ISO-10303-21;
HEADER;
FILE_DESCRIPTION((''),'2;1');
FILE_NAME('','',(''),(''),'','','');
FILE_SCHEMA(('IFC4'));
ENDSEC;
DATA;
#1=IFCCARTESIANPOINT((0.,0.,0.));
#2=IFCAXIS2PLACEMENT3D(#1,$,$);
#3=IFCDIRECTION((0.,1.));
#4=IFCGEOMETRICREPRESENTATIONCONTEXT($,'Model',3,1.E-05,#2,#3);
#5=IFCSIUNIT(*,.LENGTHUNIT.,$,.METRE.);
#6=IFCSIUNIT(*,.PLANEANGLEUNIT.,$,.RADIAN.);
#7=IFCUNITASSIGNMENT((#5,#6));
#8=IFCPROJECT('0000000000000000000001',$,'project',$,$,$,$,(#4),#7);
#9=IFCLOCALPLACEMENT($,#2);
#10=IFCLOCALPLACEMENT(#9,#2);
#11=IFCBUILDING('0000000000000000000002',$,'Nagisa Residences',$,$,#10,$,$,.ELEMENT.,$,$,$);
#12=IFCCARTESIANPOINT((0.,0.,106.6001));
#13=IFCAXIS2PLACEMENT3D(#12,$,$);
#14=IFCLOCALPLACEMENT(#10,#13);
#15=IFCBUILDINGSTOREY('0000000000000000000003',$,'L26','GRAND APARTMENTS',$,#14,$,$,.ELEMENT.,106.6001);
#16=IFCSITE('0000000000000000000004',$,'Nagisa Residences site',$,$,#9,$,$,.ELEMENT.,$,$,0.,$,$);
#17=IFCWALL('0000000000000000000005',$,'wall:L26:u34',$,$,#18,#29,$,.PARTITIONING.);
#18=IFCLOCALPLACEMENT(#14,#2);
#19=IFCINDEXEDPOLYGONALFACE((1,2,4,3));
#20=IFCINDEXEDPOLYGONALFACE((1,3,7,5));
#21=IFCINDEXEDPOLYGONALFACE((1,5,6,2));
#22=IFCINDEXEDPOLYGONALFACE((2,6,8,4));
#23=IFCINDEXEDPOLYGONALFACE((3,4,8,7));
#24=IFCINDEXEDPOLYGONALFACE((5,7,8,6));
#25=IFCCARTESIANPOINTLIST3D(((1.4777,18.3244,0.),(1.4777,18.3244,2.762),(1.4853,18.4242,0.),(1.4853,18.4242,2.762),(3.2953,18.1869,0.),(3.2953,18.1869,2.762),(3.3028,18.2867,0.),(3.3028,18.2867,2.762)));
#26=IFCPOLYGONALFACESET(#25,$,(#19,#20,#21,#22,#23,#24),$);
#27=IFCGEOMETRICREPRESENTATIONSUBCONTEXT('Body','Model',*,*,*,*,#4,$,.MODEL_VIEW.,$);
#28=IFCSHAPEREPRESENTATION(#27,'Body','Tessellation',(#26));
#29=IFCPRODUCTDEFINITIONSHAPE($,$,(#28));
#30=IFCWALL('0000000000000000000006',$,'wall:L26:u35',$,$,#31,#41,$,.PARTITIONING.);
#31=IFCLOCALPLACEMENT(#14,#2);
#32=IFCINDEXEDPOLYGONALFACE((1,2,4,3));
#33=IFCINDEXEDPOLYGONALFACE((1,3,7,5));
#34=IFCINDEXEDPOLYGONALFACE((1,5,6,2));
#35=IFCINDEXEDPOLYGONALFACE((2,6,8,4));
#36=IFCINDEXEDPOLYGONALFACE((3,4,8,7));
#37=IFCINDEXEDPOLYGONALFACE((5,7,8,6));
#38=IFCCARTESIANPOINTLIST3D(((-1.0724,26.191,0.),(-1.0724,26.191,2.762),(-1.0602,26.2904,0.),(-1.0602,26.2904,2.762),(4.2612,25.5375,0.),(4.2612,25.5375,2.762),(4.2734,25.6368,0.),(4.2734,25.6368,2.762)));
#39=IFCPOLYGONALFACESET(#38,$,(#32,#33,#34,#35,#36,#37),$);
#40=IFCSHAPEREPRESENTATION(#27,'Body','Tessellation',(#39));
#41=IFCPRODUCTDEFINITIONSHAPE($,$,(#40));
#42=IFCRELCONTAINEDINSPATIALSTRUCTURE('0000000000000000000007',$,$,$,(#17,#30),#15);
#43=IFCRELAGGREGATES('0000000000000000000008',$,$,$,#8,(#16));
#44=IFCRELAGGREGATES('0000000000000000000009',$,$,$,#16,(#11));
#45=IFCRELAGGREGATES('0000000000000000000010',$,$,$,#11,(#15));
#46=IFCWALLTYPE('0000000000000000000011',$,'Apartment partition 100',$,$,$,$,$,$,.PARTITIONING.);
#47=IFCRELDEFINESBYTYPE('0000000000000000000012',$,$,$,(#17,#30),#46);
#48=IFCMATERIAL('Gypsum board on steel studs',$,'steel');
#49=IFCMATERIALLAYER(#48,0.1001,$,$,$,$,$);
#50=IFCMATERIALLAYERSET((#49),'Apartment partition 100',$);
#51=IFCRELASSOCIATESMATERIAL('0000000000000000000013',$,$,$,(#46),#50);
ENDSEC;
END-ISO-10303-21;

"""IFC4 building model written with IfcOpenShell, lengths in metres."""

from ifc_helpers import new_model, si_unit, direction, frame, frame_2d, origin, place, context, subcontext, project, spatial, rectangle, extrude, material, layer, layer_set, type_object, element, save


model = new_model("IFC4")

# Units and contexts
model_context = context("Model", 3, precision=1e-05, world=origin(), true_north=direction((0.0, 1.0)))
body_context = subcontext(model_context, "Body", "Model", "MODEL_VIEW")
ifc_project = project(units=[si_unit("LENGTHUNIT", "METRE"), si_unit("PLANEANGLEUNIT", "RADIAN")], contexts=[model_context])

# Site, building, storey
site_placement = place(None, origin())
site = spatial("IfcSite", under=ifc_project, at=site_placement, Name="Nagisa Residences site", CompositionType="ELEMENT", RefElevation=0.0)
building_placement = place(site_placement, origin())
building = spatial("IfcBuilding", under=site, at=building_placement, Name="Nagisa Residences", CompositionType="ELEMENT")
storey_placement = place(building_placement, frame((0.0, 0.0, 106.6001)))
storey = spatial("IfcBuildingStorey", under=building, at=storey_placement, Name="L26", Description="GRAND APARTMENTS", CompositionType="ELEMENT", Elevation=106.6001)

# Shared definitions
ifc_material_1 = material(Name="Gypsum board on steel studs", Category="steel")
ifc_layer_1 = layer(ifc_material_1, 0.1001)
ifc_layer_set_1 = layer_set([ifc_layer_1], Name="Apartment partition 100")
wall_type_1 = type_object("IfcWallType", Name="Apartment partition 100", PredefinedType="PARTITIONING", material=ifc_layer_set_1)

# Walls
wall_1_placement = place(storey_placement, frame((3.2991, 18.2368, 0.0), z_axis=(0.0, 0.0, 1.0), x_axis=(-0.997153, 0.075406, 0.0)))
element("IfcWall", 1, at=wall_1_placement, inside=storey, type_object=wall_type_1, Name="wall:L26:u34", PredefinedType="PARTITIONING", context=body_context, shape_type="SweptSolid", body=[
    extrude(rectangle(XDim=1.8228, YDim=0.1001, at=frame_2d((0.9114, 0.0))), origin(), (0.0, 0.0, 1.0), 2.762),
])
wall_2_placement = place(storey_placement, frame((4.2673, 25.5872, 0.0), z_axis=(0.0, 0.0, 1.0), x_axis=(-0.992576, 0.121624, 0.0)))
element("IfcWall", 2, at=wall_2_placement, inside=storey, type_object=wall_type_1, Name="wall:L26:u35", PredefinedType="PARTITIONING", context=body_context, shape_type="SweptSolid", body=[
    extrude(rectangle(XDim=5.3735, YDim=0.1001, at=frame_2d((2.6868, 0.0))), origin(), (0.0, 0.0, 1.0), 2.762),
])

save(model, "model.ifc")
